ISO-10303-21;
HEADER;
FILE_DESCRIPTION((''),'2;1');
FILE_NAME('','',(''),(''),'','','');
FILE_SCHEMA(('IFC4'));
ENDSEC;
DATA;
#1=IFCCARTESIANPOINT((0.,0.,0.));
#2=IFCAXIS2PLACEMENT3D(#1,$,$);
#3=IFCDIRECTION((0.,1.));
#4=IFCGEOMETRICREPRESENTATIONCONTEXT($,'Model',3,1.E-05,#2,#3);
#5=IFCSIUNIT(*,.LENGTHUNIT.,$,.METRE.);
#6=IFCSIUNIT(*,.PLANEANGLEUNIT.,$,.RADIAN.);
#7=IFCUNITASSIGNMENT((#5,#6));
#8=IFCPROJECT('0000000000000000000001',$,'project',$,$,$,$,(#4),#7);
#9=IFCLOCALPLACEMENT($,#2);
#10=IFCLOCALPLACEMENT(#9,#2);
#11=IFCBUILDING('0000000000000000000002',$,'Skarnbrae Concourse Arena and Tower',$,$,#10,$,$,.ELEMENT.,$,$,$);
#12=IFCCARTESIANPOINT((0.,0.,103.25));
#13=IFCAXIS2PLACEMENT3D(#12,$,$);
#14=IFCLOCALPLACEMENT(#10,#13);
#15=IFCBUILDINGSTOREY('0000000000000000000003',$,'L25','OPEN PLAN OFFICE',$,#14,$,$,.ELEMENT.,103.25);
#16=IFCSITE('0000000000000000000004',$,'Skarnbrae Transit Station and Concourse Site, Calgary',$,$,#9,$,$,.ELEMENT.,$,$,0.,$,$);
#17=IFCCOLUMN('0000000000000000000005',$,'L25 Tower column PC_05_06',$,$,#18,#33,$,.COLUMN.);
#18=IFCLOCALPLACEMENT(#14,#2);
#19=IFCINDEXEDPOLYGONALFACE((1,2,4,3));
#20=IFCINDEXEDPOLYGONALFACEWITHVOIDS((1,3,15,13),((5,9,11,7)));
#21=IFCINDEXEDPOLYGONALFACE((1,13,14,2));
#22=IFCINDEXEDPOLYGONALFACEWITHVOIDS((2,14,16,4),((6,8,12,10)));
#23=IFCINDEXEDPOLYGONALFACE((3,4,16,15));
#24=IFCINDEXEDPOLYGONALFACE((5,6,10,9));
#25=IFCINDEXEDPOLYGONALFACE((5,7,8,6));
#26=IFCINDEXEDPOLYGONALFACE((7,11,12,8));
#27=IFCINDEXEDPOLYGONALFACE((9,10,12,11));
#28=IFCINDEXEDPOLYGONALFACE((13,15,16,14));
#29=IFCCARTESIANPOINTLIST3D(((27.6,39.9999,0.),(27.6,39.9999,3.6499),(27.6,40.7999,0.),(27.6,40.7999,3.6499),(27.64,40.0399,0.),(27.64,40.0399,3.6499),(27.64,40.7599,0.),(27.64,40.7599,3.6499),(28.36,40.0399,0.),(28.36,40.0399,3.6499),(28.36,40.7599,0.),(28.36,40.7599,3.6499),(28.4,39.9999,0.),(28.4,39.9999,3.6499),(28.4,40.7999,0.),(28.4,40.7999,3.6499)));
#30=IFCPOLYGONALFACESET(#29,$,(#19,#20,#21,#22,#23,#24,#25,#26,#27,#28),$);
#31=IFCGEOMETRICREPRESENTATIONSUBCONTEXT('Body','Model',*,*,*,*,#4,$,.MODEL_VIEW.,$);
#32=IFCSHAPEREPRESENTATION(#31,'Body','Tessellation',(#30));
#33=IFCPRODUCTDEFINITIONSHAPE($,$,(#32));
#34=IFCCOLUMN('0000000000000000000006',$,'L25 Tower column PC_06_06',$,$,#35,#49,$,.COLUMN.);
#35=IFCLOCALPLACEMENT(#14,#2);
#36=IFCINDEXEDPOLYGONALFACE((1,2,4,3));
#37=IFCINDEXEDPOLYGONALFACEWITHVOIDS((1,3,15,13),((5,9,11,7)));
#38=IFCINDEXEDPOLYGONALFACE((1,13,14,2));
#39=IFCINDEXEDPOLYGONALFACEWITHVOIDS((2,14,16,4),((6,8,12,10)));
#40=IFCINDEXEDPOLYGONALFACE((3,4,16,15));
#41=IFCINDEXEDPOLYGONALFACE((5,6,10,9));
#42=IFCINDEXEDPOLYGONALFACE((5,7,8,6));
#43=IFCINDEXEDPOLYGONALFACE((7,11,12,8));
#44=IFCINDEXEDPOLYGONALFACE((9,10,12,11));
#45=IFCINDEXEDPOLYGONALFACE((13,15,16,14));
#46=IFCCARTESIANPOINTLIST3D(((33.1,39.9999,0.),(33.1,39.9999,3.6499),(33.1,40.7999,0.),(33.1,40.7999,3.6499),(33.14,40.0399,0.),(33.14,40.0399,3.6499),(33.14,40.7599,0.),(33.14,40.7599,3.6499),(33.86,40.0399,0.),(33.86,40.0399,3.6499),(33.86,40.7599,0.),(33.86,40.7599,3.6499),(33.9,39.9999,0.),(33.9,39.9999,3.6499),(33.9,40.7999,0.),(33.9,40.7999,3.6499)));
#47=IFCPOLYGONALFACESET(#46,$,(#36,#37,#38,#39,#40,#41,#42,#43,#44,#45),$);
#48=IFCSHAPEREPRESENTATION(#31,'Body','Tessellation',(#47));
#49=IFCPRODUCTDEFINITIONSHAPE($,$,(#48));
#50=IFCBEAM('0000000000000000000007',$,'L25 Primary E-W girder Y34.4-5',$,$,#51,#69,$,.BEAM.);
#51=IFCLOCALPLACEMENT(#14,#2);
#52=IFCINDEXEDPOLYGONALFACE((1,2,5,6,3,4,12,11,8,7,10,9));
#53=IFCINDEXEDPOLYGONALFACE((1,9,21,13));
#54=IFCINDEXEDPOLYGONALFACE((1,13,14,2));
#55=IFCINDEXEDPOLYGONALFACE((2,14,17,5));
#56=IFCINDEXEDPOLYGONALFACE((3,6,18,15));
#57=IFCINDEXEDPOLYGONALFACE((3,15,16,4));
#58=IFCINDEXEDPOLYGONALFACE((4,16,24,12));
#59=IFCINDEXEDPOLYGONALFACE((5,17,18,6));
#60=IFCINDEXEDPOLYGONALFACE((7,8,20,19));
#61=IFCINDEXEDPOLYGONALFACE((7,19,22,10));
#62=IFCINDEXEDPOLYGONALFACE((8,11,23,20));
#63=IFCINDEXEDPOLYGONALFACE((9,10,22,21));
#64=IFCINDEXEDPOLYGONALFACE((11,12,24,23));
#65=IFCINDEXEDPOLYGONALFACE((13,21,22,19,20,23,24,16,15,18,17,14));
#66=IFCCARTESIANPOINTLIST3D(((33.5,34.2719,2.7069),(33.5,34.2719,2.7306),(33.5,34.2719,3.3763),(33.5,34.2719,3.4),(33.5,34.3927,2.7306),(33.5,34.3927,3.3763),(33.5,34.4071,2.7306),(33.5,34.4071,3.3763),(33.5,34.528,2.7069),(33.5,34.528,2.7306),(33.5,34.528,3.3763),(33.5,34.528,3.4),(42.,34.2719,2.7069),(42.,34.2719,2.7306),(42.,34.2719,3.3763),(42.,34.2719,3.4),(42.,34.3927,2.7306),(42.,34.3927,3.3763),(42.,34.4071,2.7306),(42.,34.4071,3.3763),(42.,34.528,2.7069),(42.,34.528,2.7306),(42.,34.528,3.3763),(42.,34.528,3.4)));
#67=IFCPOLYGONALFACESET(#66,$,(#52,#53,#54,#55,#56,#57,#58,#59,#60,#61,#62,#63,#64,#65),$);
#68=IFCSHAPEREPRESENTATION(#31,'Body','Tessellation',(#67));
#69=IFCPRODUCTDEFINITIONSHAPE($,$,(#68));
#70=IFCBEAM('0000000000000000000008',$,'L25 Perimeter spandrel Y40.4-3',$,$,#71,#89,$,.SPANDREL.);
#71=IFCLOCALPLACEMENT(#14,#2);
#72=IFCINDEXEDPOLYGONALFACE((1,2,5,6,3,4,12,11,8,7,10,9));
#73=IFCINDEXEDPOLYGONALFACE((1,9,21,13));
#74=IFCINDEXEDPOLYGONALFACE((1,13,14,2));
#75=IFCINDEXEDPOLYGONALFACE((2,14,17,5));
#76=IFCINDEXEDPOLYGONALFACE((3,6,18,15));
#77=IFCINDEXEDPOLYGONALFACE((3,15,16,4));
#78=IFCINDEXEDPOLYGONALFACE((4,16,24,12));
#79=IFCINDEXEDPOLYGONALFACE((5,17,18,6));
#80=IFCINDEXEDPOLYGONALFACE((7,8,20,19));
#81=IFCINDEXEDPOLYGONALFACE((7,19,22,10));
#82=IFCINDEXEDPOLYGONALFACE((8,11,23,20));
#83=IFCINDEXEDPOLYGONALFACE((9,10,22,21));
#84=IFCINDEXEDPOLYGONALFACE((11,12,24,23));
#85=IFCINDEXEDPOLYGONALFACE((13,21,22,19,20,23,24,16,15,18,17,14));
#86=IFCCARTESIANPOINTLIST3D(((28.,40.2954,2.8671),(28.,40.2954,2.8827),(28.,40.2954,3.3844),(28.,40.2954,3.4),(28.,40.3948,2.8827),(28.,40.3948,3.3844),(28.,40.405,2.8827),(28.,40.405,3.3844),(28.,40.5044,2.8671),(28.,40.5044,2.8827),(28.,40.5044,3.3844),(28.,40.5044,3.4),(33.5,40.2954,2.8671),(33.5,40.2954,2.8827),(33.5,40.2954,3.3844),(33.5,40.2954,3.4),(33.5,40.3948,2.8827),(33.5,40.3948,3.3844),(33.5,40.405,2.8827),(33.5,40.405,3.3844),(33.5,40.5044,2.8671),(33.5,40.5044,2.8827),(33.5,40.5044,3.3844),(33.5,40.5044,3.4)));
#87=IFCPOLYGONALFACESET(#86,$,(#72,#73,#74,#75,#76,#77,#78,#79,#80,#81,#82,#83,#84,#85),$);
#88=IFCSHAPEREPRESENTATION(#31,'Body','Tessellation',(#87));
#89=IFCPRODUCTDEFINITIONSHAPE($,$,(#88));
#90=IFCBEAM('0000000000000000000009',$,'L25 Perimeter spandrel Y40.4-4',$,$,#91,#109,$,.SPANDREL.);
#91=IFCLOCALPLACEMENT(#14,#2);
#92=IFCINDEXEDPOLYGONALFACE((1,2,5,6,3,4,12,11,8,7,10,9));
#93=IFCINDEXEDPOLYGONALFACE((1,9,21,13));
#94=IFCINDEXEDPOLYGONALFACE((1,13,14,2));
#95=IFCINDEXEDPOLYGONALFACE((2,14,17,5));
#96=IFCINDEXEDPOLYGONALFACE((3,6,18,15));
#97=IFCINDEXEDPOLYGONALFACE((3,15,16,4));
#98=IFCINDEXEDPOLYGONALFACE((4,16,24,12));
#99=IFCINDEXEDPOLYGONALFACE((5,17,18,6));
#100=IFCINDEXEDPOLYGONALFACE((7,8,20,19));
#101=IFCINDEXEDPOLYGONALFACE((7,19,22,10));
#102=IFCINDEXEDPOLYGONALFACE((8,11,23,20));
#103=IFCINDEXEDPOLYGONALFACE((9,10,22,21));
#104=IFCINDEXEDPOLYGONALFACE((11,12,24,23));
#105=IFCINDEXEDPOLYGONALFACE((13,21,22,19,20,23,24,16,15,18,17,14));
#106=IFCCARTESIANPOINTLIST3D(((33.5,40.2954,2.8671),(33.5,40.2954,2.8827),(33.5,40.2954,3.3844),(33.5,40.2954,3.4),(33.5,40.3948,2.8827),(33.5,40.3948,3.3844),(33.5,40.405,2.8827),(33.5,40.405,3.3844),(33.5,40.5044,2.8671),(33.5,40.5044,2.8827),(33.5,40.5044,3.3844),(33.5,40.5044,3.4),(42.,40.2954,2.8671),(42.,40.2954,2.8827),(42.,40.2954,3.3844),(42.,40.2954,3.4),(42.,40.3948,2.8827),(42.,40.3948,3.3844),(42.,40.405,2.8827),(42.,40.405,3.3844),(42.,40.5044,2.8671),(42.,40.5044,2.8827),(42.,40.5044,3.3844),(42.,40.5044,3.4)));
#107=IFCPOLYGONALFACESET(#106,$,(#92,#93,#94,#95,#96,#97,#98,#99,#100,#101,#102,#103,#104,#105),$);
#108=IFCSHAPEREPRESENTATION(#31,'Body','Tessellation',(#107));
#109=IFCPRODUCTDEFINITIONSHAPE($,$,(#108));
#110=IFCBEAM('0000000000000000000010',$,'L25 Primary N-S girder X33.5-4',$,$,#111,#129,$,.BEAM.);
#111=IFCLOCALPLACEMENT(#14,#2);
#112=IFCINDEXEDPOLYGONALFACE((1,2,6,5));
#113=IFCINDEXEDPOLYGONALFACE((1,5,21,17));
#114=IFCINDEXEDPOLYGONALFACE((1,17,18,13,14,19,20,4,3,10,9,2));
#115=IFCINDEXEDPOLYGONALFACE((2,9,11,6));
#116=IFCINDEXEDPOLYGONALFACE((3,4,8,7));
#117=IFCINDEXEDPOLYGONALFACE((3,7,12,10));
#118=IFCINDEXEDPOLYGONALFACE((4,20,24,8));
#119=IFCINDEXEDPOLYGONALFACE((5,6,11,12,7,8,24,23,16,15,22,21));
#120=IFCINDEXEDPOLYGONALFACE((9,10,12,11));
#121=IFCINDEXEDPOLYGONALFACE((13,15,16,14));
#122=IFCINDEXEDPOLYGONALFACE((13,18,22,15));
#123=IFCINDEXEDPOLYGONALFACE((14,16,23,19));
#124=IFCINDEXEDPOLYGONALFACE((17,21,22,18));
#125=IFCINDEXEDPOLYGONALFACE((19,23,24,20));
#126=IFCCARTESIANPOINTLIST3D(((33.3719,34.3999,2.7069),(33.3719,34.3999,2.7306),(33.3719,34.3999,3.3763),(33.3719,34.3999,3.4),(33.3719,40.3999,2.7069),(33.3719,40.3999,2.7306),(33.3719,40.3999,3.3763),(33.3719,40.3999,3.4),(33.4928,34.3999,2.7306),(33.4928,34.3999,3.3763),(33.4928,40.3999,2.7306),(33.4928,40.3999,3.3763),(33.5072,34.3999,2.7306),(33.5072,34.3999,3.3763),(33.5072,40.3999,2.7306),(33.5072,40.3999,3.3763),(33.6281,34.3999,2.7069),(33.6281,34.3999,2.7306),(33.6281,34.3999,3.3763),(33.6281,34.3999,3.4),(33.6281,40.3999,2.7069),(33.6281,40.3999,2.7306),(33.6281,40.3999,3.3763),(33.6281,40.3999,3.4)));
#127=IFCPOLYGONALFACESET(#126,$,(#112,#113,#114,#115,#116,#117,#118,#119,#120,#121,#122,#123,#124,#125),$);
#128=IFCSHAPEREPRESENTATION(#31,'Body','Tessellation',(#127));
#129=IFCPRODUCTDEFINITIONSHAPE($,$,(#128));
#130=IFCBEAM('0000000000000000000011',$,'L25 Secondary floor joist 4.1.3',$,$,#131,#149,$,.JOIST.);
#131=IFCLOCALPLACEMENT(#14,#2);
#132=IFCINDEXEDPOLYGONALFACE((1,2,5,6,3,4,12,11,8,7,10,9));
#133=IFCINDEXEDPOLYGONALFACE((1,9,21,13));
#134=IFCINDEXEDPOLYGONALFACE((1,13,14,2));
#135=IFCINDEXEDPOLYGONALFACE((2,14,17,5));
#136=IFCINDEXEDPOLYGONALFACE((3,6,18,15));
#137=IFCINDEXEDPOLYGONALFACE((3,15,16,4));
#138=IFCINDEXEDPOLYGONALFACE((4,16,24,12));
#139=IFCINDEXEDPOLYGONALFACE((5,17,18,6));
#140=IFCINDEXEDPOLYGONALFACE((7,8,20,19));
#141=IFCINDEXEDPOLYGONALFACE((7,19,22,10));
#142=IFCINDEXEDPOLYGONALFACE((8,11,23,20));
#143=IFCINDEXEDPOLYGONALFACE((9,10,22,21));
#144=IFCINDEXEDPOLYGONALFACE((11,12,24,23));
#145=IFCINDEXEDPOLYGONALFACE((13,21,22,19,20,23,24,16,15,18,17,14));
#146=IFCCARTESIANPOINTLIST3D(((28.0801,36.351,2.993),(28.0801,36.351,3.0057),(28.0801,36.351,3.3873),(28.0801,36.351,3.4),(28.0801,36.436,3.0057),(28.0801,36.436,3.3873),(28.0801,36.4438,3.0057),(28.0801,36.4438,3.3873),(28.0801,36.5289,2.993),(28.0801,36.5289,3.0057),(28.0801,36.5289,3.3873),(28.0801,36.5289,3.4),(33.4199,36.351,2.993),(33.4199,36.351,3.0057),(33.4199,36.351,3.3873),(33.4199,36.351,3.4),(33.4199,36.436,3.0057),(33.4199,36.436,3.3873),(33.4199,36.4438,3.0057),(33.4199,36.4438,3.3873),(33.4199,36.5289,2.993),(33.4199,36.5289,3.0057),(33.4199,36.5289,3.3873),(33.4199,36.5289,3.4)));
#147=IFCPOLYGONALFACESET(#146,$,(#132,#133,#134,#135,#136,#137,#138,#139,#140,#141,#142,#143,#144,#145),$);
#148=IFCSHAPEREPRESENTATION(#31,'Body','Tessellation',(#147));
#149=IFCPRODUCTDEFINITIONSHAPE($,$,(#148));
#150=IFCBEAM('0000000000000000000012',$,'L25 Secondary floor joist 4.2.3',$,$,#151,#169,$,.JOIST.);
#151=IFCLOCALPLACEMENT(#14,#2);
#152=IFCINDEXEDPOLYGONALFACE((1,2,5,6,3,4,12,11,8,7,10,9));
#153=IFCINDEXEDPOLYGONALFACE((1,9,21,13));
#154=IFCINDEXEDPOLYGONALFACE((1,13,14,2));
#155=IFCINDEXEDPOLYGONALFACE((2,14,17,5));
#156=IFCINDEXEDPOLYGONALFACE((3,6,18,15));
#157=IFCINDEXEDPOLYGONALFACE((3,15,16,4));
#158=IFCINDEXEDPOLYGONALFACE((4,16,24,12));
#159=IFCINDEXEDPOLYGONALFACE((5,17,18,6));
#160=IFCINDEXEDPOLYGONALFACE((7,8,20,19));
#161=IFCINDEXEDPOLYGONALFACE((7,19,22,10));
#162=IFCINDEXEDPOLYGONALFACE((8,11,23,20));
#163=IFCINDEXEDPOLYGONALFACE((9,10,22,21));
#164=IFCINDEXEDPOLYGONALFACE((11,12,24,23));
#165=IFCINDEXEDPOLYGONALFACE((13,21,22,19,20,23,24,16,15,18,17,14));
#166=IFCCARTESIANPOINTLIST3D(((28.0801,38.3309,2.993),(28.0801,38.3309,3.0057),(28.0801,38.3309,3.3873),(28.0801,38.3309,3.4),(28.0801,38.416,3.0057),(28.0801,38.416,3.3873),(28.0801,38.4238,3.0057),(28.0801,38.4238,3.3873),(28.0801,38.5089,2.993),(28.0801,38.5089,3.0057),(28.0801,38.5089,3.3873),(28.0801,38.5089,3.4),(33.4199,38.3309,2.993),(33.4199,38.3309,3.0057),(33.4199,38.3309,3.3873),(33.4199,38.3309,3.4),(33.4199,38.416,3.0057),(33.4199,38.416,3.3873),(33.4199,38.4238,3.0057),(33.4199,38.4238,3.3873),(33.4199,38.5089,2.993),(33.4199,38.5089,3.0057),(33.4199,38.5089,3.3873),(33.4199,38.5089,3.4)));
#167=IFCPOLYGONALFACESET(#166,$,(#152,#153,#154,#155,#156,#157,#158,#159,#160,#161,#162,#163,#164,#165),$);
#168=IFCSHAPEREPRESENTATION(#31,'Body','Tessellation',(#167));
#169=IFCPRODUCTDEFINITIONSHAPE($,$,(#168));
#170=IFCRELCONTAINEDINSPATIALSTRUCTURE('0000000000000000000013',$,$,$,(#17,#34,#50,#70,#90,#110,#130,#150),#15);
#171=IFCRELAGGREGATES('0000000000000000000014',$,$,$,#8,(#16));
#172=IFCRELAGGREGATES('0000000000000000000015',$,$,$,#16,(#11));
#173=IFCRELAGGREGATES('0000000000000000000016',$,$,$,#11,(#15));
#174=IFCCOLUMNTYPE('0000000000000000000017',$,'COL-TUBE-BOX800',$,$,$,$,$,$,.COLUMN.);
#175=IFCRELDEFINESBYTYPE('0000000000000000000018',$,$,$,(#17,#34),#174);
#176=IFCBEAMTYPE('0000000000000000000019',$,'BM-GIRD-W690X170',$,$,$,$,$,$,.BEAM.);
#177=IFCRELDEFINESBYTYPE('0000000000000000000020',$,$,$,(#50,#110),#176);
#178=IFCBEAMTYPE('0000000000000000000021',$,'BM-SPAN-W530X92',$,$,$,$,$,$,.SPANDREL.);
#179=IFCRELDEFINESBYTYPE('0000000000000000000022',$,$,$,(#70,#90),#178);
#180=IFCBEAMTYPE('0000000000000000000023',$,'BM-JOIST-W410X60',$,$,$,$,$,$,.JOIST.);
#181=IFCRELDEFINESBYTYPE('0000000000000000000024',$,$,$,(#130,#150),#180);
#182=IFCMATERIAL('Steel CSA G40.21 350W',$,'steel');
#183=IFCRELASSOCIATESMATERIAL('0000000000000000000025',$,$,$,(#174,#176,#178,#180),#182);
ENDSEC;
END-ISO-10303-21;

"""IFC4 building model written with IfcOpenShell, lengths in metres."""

from ifc_helpers import new_model, si_unit, direction, frame, origin, origin_2d, place, context, subcontext, project, spatial, hollow_rectangle, i_section, extrude, source, transform, mapped, material, material_profile, profile_set, type_object, element, save


model = new_model("IFC4")

# Units and contexts
model_context = context("Model", 3, precision=1e-05, world=origin(), true_north=direction((0.0, 1.0)))
body_context = subcontext(model_context, "Body", "Model", "MODEL_VIEW")
ifc_project = project(units=[si_unit("LENGTHUNIT", "METRE"), si_unit("PLANEANGLEUNIT", "RADIAN")], contexts=[model_context])

# Site, building, storey
site_placement = place(None, origin())
site = spatial("IfcSite", under=ifc_project, at=site_placement, Name="Skarnbrae Transit Station and Concourse Site, Calgary", CompositionType="ELEMENT", RefElevation=0.0)
building_placement = place(site_placement, origin())
building = spatial("IfcBuilding", under=site, at=building_placement, Name="Skarnbrae Concourse Arena and Tower", CompositionType="ELEMENT")
storey_placement = place(building_placement, frame((0.0, 0.0, 103.25)))
storey = spatial("IfcBuildingStorey", under=building, at=storey_placement, Name="L25", Description="OPEN PLAN OFFICE", CompositionType="ELEMENT", Elevation=103.25)

# Columns
ifc_material_1 = material(Name="Steel CSA G40.21 350W", Category="steel")
ifc_material_profile_1 = material_profile(ifc_material_1, hollow_rectangle(XDim=0.8, YDim=0.8, WallThickness=0.04, at=origin_2d()), Name="BOX800X800X40")
ifc_profile_set_1 = profile_set([ifc_material_profile_1], Name="Steel CSA G40.21 350W")
column_type = type_object("IfcColumnType", Name="COL-TUBE-BOX800", PredefinedType="COLUMN", material=ifc_profile_set_1)
shared_shape_1 = source(origin(), body_context, "Body", "SweptSolid", [
    extrude(hollow_rectangle(XDim=0.8, YDim=0.8, WallThickness=0.04, at=origin_2d()), origin(), (0.0, 0.0, 1.0), 3.6499),
])
for number, where, z_axis, x_axis, name in (
    (1, (28.0, 40.3999, 0.0), (0.0, 0.0, 1.0), (1.0, 0.0, 0.0), "L25 Tower column PC_05_06"),
    (2, (33.5, 40.3999, 0.0), (0.0, 0.0, 1.0), (1.0, 0.0, 0.0), "L25 Tower column PC_06_06"),
):
    element("IfcColumn", number, at=place(storey_placement, frame(where, z_axis=z_axis, x_axis=x_axis)), inside=storey, type_object=column_type, Name=name, PredefinedType="COLUMN", context=body_context, shape_type="MappedRepresentation", body=[
        mapped(shared_shape_1, transform((0.0, 0.0, 0.0))),
    ])

# Beams
ifc_material_profile_2 = material_profile(ifc_material_1, i_section(OverallWidth=0.2561, OverallDepth=0.6931, WebThickness=0.0144, FlangeThickness=0.0237, at=origin_2d()), Name="W690X170")
ifc_profile_set_2 = profile_set([ifc_material_profile_2], Name="Steel CSA G40.21 350W")
beam_type_1 = type_object("IfcBeamType", Name="BM-GIRD-W690X170", PredefinedType="BEAM", material=ifc_profile_set_2)
shared_shape_2 = source(origin(), body_context, "Body", "SweptSolid", [
    extrude(i_section(OverallWidth=0.2561, OverallDepth=0.6931, WebThickness=0.0144, FlangeThickness=0.0237, at=origin_2d()), origin(), (0.0, 0.0, 1.0), 8.5),
])
beam_1_placement = place(storey_placement, frame((33.5, 34.3999, 3.0535), z_axis=(1.0, 0.0, 0.0), x_axis=(0.0, 1.0, 0.0)))
element("IfcBeam", 3, at=beam_1_placement, inside=storey, type_object=beam_type_1, Name="L25 Primary E-W girder Y34.4-5", PredefinedType="BEAM", context=body_context, shape_type="MappedRepresentation", body=[
    mapped(shared_shape_2, transform((0.0, 0.0, 0.0))),
])
ifc_material_profile_3 = material_profile(ifc_material_1, i_section(OverallWidth=0.209, OverallDepth=0.533, WebThickness=0.0103, FlangeThickness=0.0156, at=origin_2d()), Name="W530X92")
ifc_profile_set_3 = profile_set([ifc_material_profile_3], Name="Steel CSA G40.21 350W")
beam_type_2 = type_object("IfcBeamType", Name="BM-SPAN-W530X92", PredefinedType="SPANDREL", material=ifc_profile_set_3)
shared_shape_3 = source(origin(), body_context, "Body", "SweptSolid", [
    extrude(i_section(OverallWidth=0.209, OverallDepth=0.533, WebThickness=0.0103, FlangeThickness=0.0156, at=origin_2d()), origin(), (0.0, 0.0, 1.0), 5.5),
])
beam_2_placement = place(storey_placement, frame((28.0, 40.3999, 3.1335), z_axis=(1.0, 0.0, 0.0), x_axis=(0.0, 1.0, 0.0)))
element("IfcBeam", 4, at=beam_2_placement, inside=storey, type_object=beam_type_2, Name="L25 Perimeter spandrel Y40.4-3", PredefinedType="SPANDREL", context=body_context, shape_type="MappedRepresentation", body=[
    mapped(shared_shape_3, transform((0.0, 0.0, 0.0))),
])
shared_shape_4 = source(origin(), body_context, "Body", "SweptSolid", [
    extrude(i_section(OverallWidth=0.209, OverallDepth=0.533, WebThickness=0.0103, FlangeThickness=0.0156, at=origin_2d()), origin(), (0.0, 0.0, 1.0), 8.5),
])
beam_3_placement = place(storey_placement, frame((33.5, 40.3999, 3.1335), z_axis=(1.0, 0.0, 0.0), x_axis=(0.0, 1.0, 0.0)))
element("IfcBeam", 5, at=beam_3_placement, inside=storey, type_object=beam_type_2, Name="L25 Perimeter spandrel Y40.4-4", PredefinedType="SPANDREL", context=body_context, shape_type="MappedRepresentation", body=[
    mapped(shared_shape_4, transform((0.0, 0.0, 0.0))),
])
shared_shape_5 = source(origin(), body_context, "Body", "SweptSolid", [
    extrude(i_section(OverallWidth=0.2561, OverallDepth=0.6931, WebThickness=0.0144, FlangeThickness=0.0237, at=origin_2d()), origin(), (0.0, 0.0, 1.0), 6.0),
])
beam_4_placement = place(storey_placement, frame((33.5, 34.3999, 3.0535), z_axis=(0.0, 1.0, 0.0), x_axis=(-1.0, 0.0, 0.0)))
element("IfcBeam", 6, at=beam_4_placement, inside=storey, type_object=beam_type_1, Name="L25 Primary N-S girder X33.5-4", PredefinedType="BEAM", context=body_context, shape_type="MappedRepresentation", body=[
    mapped(shared_shape_5, transform((0.0, 0.0, 0.0))),
])
ifc_material_profile_4 = material_profile(ifc_material_1, i_section(OverallWidth=0.178, OverallDepth=0.407, WebThickness=0.0078, FlangeThickness=0.0127, at=origin_2d()), Name="W410X60")
ifc_profile_set_4 = profile_set([ifc_material_profile_4], Name="Steel CSA G40.21 350W")
beam_type_3 = type_object("IfcBeamType", Name="BM-JOIST-W410X60", PredefinedType="JOIST", material=ifc_profile_set_4)
shared_shape_6 = source(origin(), body_context, "Body", "SweptSolid", [
    extrude(i_section(OverallWidth=0.178, OverallDepth=0.407, WebThickness=0.0078, FlangeThickness=0.0127, at=origin_2d()), origin(), (0.0, 0.0, 1.0), 5.3398),
])
for number, where, z_axis, x_axis, name in (
    (7, (28.0801, 36.4399, 3.1965), (1.0, 0.0, 0.0), (0.0, 1.0, 0.0), "L25 Secondary floor joist 4.1.3"),
    (8, (28.0801, 38.4199, 3.1965), (1.0, 0.0, 0.0), (0.0, 1.0, 0.0), "L25 Secondary floor joist 4.2.3"),
):
    element("IfcBeam", number, at=place(storey_placement, frame(where, z_axis=z_axis, x_axis=x_axis)), inside=storey, type_object=beam_type_3, Name=name, PredefinedType="JOIST", context=body_context, shape_type="MappedRepresentation", body=[
        mapped(shared_shape_6, transform((0.0, 0.0, 0.0))),
    ])

save(model, "model.ifc")
